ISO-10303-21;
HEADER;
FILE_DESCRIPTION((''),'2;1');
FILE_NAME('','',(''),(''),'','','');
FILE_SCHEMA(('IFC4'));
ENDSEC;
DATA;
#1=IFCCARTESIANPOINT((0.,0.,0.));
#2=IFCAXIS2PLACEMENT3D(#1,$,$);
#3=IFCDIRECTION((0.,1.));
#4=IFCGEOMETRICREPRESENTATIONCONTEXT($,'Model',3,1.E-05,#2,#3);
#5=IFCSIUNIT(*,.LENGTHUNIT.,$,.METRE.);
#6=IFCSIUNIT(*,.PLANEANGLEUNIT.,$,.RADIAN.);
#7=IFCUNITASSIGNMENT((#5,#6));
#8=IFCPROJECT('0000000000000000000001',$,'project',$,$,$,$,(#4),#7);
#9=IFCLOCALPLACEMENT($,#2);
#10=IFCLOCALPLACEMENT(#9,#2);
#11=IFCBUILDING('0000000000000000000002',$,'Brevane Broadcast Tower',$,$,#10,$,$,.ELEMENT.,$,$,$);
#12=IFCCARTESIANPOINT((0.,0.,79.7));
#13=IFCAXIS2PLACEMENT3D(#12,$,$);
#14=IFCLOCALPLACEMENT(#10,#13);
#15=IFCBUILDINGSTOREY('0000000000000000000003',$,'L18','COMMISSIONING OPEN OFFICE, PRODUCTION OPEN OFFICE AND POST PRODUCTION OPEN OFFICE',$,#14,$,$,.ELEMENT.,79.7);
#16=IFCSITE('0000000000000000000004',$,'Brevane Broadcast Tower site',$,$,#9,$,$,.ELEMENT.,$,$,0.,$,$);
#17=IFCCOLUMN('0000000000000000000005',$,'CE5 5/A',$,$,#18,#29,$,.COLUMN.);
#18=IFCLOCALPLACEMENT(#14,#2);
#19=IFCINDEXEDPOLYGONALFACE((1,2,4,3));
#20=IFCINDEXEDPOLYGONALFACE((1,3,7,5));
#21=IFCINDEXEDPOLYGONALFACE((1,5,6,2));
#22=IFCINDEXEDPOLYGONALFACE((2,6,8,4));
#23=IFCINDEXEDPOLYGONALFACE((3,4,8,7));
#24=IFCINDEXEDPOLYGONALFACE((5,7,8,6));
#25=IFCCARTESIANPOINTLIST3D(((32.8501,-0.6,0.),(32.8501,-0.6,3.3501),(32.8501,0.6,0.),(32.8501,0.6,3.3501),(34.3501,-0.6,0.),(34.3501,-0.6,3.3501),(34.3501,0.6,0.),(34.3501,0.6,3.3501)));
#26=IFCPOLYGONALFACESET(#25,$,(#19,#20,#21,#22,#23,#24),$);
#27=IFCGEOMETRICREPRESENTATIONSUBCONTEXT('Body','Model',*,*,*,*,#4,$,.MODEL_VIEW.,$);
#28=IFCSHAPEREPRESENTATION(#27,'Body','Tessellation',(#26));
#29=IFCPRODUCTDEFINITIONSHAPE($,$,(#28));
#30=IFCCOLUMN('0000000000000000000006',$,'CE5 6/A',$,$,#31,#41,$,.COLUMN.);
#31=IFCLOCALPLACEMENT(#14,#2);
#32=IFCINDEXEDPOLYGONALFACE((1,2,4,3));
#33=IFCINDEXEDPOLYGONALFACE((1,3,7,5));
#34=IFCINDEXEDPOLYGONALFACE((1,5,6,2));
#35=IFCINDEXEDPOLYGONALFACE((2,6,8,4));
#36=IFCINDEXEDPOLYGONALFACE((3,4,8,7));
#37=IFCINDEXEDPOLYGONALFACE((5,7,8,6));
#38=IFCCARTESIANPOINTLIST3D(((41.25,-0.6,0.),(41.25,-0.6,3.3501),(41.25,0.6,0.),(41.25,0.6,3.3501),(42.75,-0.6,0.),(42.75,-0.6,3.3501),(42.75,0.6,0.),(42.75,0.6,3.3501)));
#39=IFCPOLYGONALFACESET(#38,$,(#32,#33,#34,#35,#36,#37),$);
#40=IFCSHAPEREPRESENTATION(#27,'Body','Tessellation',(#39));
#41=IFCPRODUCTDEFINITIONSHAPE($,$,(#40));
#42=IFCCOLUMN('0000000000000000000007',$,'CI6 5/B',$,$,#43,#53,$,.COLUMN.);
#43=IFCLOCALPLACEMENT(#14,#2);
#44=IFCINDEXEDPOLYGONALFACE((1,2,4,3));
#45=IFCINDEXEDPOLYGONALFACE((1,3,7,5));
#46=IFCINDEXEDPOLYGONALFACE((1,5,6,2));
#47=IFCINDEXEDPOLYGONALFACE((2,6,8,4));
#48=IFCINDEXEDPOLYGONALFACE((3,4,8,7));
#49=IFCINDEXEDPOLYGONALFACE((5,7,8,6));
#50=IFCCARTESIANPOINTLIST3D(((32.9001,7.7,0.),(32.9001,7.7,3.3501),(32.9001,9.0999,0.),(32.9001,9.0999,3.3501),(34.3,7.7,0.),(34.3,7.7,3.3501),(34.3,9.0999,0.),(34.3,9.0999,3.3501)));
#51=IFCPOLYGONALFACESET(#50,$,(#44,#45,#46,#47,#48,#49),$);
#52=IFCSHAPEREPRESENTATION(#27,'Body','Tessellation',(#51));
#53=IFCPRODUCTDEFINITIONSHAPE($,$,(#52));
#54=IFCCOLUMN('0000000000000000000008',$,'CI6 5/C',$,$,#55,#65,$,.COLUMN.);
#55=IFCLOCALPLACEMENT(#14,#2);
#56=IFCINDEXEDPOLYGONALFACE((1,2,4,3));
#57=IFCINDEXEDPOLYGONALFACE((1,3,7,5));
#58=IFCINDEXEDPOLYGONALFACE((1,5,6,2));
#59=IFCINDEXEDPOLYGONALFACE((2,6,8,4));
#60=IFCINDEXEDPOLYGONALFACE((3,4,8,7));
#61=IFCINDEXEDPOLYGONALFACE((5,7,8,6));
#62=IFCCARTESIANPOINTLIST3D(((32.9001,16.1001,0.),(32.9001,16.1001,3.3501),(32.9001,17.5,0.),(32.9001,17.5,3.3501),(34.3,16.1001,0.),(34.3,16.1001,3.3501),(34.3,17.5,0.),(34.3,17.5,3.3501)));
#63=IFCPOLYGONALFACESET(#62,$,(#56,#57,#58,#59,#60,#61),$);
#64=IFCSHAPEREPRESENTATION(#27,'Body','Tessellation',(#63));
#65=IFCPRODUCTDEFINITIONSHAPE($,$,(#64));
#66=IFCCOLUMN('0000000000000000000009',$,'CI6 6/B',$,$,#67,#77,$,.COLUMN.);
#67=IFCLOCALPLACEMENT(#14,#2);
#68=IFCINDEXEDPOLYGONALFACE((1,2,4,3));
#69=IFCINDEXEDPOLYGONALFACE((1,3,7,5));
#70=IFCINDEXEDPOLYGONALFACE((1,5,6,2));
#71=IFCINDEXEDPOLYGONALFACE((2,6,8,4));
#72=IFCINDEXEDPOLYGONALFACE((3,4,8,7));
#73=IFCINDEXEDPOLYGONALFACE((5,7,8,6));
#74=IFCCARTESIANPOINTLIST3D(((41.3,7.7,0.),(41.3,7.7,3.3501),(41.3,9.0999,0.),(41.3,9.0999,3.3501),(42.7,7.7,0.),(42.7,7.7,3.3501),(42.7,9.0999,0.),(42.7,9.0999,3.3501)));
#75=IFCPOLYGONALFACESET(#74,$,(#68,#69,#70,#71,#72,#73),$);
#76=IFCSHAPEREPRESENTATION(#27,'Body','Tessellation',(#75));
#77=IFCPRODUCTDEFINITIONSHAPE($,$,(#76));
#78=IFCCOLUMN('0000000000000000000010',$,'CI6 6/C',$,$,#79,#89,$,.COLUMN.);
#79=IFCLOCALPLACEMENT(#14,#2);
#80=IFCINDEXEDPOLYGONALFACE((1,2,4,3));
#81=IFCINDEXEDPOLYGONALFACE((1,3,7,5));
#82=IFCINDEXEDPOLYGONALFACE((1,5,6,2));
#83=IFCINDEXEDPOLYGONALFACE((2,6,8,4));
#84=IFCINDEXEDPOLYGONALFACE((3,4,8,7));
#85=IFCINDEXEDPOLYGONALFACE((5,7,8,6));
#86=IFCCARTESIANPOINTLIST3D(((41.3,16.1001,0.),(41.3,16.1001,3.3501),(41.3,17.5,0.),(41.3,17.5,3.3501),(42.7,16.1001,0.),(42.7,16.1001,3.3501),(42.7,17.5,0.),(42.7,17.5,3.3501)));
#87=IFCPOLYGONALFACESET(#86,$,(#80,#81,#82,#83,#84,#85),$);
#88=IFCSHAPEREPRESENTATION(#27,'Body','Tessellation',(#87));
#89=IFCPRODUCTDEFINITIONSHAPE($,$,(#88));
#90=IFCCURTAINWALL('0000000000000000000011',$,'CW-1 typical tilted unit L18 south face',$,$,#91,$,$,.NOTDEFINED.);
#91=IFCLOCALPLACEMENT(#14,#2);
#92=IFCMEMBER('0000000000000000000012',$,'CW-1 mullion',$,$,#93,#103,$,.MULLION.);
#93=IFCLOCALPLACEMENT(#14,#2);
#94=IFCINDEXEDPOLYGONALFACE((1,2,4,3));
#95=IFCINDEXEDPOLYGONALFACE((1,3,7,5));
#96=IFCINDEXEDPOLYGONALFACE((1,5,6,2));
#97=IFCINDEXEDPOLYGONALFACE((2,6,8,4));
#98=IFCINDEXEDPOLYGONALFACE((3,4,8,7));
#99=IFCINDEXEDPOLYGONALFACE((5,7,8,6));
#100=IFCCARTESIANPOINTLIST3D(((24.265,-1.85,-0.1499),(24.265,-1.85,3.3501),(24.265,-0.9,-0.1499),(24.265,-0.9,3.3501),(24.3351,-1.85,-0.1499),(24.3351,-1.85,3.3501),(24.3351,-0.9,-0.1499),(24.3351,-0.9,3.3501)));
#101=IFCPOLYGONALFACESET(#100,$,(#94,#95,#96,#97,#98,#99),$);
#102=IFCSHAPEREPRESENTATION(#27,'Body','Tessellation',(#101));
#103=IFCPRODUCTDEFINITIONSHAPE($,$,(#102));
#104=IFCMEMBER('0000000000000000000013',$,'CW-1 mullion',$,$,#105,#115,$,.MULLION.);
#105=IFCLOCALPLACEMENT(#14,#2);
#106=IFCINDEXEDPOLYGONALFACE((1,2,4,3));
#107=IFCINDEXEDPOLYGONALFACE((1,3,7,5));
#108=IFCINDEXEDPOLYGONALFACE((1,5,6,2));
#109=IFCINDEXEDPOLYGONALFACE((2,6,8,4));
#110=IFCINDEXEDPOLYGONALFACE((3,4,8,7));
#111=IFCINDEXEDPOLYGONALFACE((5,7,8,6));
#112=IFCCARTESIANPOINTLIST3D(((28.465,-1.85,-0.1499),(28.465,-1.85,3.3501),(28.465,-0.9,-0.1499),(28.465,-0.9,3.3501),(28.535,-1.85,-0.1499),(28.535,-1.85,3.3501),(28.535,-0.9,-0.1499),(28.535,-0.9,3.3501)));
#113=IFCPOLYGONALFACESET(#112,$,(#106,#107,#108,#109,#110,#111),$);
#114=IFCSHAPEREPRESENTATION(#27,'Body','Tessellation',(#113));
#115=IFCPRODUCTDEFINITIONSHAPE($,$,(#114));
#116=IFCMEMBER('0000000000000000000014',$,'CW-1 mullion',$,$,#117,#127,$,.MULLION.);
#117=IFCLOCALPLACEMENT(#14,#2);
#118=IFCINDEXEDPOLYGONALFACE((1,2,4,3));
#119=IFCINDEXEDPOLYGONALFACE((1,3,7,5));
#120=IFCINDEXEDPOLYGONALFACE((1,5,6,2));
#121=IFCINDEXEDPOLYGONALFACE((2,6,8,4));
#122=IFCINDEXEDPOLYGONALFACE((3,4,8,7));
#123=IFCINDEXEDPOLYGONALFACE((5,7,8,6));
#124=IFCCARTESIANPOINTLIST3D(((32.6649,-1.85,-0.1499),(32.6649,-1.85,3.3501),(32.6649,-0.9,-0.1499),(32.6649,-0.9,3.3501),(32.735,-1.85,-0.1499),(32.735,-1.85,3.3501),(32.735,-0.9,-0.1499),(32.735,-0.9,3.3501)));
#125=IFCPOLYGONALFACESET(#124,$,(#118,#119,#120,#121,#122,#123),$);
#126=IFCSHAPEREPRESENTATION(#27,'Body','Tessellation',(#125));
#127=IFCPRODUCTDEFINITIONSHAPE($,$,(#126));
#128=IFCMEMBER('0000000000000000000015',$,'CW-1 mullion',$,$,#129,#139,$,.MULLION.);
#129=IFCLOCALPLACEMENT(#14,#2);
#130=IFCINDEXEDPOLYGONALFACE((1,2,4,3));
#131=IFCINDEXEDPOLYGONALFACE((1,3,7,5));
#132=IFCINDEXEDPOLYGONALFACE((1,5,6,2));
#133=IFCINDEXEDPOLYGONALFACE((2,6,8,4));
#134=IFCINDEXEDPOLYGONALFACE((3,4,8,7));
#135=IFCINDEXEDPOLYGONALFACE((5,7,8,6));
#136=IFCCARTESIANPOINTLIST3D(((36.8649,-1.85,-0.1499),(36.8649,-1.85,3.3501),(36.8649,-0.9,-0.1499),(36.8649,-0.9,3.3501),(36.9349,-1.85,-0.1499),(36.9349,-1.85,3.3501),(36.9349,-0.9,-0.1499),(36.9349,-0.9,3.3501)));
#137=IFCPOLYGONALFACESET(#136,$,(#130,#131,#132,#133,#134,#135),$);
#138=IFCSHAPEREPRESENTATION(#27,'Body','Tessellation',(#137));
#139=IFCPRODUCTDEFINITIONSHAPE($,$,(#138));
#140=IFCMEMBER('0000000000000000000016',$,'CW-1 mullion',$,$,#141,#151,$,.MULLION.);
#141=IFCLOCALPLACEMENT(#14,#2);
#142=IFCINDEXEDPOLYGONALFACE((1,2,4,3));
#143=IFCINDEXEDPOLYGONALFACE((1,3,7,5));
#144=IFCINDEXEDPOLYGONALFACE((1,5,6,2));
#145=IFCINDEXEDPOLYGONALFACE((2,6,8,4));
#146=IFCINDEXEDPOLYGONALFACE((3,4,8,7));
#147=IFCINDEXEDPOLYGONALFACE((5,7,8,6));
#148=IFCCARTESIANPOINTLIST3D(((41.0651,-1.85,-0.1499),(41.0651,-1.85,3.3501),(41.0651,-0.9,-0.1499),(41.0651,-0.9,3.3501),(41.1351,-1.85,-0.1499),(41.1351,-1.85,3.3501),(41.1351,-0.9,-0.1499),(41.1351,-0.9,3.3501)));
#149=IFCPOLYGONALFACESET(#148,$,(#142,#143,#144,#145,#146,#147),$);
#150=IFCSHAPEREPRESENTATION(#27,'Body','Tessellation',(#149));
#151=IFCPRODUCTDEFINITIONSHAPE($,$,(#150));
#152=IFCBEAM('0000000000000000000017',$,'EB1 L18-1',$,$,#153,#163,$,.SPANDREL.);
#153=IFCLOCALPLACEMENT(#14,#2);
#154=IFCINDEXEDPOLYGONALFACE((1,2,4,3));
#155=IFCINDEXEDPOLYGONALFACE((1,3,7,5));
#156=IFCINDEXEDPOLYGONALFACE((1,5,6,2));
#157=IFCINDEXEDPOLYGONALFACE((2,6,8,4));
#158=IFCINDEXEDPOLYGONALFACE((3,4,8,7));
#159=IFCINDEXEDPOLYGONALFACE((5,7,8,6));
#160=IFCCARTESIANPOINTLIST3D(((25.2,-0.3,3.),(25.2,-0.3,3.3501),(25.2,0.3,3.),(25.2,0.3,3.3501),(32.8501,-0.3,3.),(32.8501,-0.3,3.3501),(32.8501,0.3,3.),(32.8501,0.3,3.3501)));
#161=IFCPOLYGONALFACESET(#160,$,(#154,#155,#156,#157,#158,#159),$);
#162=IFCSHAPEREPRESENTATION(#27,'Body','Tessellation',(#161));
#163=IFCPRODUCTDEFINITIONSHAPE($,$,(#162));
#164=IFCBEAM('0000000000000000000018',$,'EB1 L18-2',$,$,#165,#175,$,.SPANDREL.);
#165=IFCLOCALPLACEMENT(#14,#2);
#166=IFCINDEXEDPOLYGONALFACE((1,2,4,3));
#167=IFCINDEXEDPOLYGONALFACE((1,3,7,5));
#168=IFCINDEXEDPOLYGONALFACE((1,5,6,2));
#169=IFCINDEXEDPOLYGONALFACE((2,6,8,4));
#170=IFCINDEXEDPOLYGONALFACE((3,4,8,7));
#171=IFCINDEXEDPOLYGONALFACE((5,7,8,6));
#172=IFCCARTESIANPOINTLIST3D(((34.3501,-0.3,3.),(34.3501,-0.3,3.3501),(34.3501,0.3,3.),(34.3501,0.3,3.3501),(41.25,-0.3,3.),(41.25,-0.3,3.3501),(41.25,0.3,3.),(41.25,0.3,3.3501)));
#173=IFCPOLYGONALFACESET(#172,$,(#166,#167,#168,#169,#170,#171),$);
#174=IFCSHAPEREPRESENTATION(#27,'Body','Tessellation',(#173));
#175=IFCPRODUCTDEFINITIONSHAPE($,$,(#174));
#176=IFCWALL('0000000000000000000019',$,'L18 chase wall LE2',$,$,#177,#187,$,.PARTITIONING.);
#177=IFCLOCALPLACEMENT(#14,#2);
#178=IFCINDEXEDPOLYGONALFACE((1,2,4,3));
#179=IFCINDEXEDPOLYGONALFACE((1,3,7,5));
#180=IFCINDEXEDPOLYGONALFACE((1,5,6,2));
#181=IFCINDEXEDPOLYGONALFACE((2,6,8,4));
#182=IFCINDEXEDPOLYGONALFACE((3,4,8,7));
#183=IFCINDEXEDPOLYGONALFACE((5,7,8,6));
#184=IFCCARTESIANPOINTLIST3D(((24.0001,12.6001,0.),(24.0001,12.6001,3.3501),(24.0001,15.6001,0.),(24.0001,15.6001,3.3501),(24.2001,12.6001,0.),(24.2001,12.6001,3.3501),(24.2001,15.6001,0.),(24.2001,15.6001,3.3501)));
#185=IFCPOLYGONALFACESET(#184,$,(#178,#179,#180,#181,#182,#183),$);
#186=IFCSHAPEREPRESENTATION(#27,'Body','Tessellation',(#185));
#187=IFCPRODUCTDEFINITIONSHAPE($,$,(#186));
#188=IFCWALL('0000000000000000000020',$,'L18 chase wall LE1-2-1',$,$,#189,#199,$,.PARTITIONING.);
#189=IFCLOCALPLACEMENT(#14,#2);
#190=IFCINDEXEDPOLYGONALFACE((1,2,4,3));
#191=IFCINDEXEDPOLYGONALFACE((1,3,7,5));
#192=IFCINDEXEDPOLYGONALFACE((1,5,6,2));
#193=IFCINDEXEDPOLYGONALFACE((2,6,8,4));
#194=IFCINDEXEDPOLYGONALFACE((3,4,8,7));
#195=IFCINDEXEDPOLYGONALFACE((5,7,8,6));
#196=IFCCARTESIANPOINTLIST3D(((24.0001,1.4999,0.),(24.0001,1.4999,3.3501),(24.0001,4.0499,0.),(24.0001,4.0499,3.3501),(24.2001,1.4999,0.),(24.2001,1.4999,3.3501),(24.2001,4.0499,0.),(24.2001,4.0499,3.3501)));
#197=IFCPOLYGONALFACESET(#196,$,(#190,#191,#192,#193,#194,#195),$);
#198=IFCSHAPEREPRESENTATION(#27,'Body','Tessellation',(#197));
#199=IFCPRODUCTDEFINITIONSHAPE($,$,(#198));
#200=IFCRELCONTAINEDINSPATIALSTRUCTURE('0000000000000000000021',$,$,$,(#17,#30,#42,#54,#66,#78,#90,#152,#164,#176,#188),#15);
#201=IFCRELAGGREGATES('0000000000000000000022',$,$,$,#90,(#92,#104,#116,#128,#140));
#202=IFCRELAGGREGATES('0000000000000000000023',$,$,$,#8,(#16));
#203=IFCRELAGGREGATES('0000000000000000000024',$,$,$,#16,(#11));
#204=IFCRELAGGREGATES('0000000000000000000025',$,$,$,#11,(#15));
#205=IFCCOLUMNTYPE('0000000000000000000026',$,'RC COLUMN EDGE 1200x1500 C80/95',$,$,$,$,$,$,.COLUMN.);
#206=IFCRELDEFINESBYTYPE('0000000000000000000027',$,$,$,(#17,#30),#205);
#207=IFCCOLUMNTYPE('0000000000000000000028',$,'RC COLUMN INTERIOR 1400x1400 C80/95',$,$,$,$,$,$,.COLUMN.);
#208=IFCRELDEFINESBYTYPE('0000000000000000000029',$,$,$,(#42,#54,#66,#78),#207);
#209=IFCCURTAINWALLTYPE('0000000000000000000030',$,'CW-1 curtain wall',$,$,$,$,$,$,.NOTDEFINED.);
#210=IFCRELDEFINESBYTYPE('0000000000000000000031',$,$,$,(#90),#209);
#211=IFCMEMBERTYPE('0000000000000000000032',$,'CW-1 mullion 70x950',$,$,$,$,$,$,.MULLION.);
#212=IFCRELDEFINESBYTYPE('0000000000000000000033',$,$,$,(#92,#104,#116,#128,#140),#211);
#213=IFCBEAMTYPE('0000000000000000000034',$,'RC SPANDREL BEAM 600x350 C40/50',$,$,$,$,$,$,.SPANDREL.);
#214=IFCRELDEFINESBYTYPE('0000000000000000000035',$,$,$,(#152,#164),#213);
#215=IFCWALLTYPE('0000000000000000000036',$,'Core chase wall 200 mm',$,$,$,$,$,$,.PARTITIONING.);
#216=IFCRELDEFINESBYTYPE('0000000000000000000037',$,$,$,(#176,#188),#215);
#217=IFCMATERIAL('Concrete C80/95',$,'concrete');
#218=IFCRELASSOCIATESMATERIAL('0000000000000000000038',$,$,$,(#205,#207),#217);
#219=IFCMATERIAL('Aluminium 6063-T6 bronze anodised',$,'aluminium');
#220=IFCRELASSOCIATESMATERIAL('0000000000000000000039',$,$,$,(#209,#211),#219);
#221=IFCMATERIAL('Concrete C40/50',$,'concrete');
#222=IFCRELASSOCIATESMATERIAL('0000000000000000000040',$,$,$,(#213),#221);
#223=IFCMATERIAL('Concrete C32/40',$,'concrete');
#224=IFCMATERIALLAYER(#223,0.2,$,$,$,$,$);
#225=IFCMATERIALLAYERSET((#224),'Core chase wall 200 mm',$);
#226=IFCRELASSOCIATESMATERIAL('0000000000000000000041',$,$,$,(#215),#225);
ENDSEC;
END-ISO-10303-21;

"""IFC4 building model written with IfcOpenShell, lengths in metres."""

from ifc_helpers import new_model, si_unit, direction, frame, frame_2d, origin, origin_2d, place, context, subcontext, project, spatial, rectangle, extrude, material, layer, layer_set, material_profile, profile_set, type_object, element, aggregate, save


model = new_model("IFC4")

# Units and contexts
model_context = context("Model", 3, precision=1e-05, world=origin(), true_north=direction((0.0, 1.0)))
body_context = subcontext(model_context, "Body", "Model", "MODEL_VIEW")
ifc_project = project(units=[si_unit("LENGTHUNIT", "METRE"), si_unit("PLANEANGLEUNIT", "RADIAN")], contexts=[model_context])

# Site, building, storey
site_placement = place(None, origin())
site = spatial("IfcSite", under=ifc_project, at=site_placement, Name="Brevane Broadcast Tower site", CompositionType="ELEMENT", RefElevation=0.0)
building_placement = place(site_placement, origin())
building = spatial("IfcBuilding", under=site, at=building_placement, Name="Brevane Broadcast Tower", CompositionType="ELEMENT")
storey_placement = place(building_placement, frame((0.0, 0.0, 79.7)))
storey = spatial("IfcBuildingStorey", under=building, at=storey_placement, Name="L18", Description="COMMISSIONING OPEN OFFICE, PRODUCTION OPEN OFFICE AND POST PRODUCTION OPEN OFFICE", CompositionType="ELEMENT", Elevation=79.7)

# Columns
ifc_material_1 = material(Name="Concrete C80/95", Category="concrete")
ifc_material_profile_1 = material_profile(ifc_material_1, rectangle(XDim=1.2, YDim=1.5, at=origin_2d()), Name="RC 1200x1500")
ifc_profile_set_1 = profile_set([ifc_material_profile_1], Name="Concrete C80/95")
column_type_1 = type_object("IfcColumnType", Name="RC COLUMN EDGE 1200x1500 C80/95", PredefinedType="COLUMN", material=ifc_profile_set_1)
for number, where, z_axis, x_axis, name in (
    (1, (33.6001, 0.0, 0.0), (0.0, 0.0, 1.0), (0.0, 1.0, 0.0), "CE5 5/A"),
    (2, (42.0, 0.0, 0.0), (0.0, 0.0, 1.0), (0.0, 1.0, 0.0), "CE5 6/A"),
):
    element("IfcColumn", number, at=place(storey_placement, frame(where, z_axis=z_axis, x_axis=x_axis)), inside=storey, type_object=column_type_1, Name=name, PredefinedType="COLUMN", context=body_context, shape_type="SweptSolid", body=[
        extrude(rectangle(XDim=1.2, YDim=1.5, at=origin_2d()), origin(), (0.0, 0.0, 1.0), 3.3501),
    ])
ifc_material_profile_2 = material_profile(ifc_material_1, rectangle(XDim=1.3999, YDim=1.3999, at=origin_2d()), Name="RC 1400x1400")
ifc_profile_set_2 = profile_set([ifc_material_profile_2], Name="Concrete C80/95")
column_type_2 = type_object("IfcColumnType", Name="RC COLUMN INTERIOR 1400x1400 C80/95", PredefinedType="COLUMN", material=ifc_profile_set_2)
for number, where, z_axis, x_axis, name in (
    (3, (33.6001, 8.3999, 0.0), (0.0, 0.0, 1.0), (1.0, 0.0, 0.0), "CI6 5/B"),
    (4, (33.6001, 16.8, 0.0), (0.0, 0.0, 1.0), (1.0, 0.0, 0.0), "CI6 5/C"),
    (5, (42.0, 8.3999, 0.0), (0.0, 0.0, 1.0), (1.0, 0.0, 0.0), "CI6 6/B"),
    (6, (42.0, 16.8, 0.0), (0.0, 0.0, 1.0), (1.0, 0.0, 0.0), "CI6 6/C"),
):
    element("IfcColumn", number, at=place(storey_placement, frame(where, z_axis=z_axis, x_axis=x_axis)), inside=storey, type_object=column_type_2, Name=name, PredefinedType="COLUMN", context=body_context, shape_type="SweptSolid", body=[
        extrude(rectangle(XDim=1.3999, YDim=1.3999, at=origin_2d()), origin(), (0.0, 0.0, 1.0), 3.3501),
    ])

# Curtain wall, members
ifc_material_2 = material(Name="Aluminium 6063-T6 bronze anodised", Category="aluminium")
curtain_wall_type = type_object("IfcCurtainWallType", Name="CW-1 curtain wall", PredefinedType="NOTDEFINED", material=ifc_material_2)
curtain_wall_placement = place(storey_placement, origin())
curtain_wall = element("IfcCurtainWall", 7, at=curtain_wall_placement, inside=storey, type_object=curtain_wall_type, Name="CW-1 typical tilted unit L18 south face", PredefinedType="NOTDEFINED")
ifc_material_profile_3 = material_profile(ifc_material_2, rectangle(XDim=0.95, YDim=0.0701, at=origin_2d()), Name="RECT 70x950")
ifc_profile_set_3 = profile_set([ifc_material_profile_3], Name="Aluminium 6063-T6 bronze anodised")
member_type = type_object("IfcMemberType", Name="CW-1 mullion 70x950", PredefinedType="MULLION", material=ifc_profile_set_3)
member_1_placement = place(storey_placement, frame((24.3, -1.375, -0.1499), z_axis=(0.0, 0.0, 1.0), x_axis=(0.0, 1.0, 0.0)))
member_1 = element("IfcMember", 8, at=member_1_placement, type_object=member_type, Name="CW-1 mullion", PredefinedType="MULLION", context=body_context, shape_type="SweptSolid", body=[
    extrude(rectangle(XDim=0.95, YDim=0.0701, at=origin_2d()), origin(), (0.0, 0.0, 1.0), 3.5),
])
member_2_placement = place(storey_placement, frame((28.5, -1.375, -0.1499), z_axis=(0.0, 0.0, 1.0), x_axis=(0.0, 1.0, 0.0)))
member_2 = element("IfcMember", 9, at=member_2_placement, type_object=member_type, Name="CW-1 mullion", PredefinedType="MULLION", context=body_context, shape_type="SweptSolid", body=[
    extrude(rectangle(XDim=0.95, YDim=0.0701, at=origin_2d()), origin(), (0.0, 0.0, 1.0), 3.5),
])
member_3_placement = place(storey_placement, frame((32.7, -1.375, -0.1499), z_axis=(0.0, 0.0, 1.0), x_axis=(0.0, 1.0, 0.0)))
member_3 = element("IfcMember", 10, at=member_3_placement, type_object=member_type, Name="CW-1 mullion", PredefinedType="MULLION", context=body_context, shape_type="SweptSolid", body=[
    extrude(rectangle(XDim=0.95, YDim=0.0701, at=origin_2d()), origin(), (0.0, 0.0, 1.0), 3.5),
])
member_4_placement = place(storey_placement, frame((36.8999, -1.375, -0.1499), z_axis=(0.0, 0.0, 1.0), x_axis=(0.0, 1.0, 0.0)))
member_4 = element("IfcMember", 11, at=member_4_placement, type_object=member_type, Name="CW-1 mullion", PredefinedType="MULLION", context=body_context, shape_type="SweptSolid", body=[
    extrude(rectangle(XDim=0.95, YDim=0.0701, at=origin_2d()), origin(), (0.0, 0.0, 1.0), 3.5),
])
member_5_placement = place(storey_placement, frame((41.1001, -1.375, -0.1499), z_axis=(0.0, 0.0, 1.0), x_axis=(0.0, 1.0, 0.0)))
member_5 = element("IfcMember", 12, at=member_5_placement, type_object=member_type, Name="CW-1 mullion", PredefinedType="MULLION", context=body_context, shape_type="SweptSolid", body=[
    extrude(rectangle(XDim=0.95, YDim=0.0701, at=origin_2d()), origin(), (0.0, 0.0, 1.0), 3.5),
])
aggregate(curtain_wall, [member_1, member_2, member_3, member_4, member_5])

# Beams
ifc_material_3 = material(Name="Concrete C40/50", Category="concrete")
ifc_material_profile_4 = material_profile(ifc_material_3, rectangle(XDim=0.6001, YDim=0.3501, at=origin_2d()), Name="RC 600x350")
ifc_profile_set_4 = profile_set([ifc_material_profile_4], Name="Concrete C40/50")
beam_type = type_object("IfcBeamType", Name="RC SPANDREL BEAM 600x350 C40/50", PredefinedType="SPANDREL", material=ifc_profile_set_4)
beam_1_placement = place(storey_placement, frame((25.2, 0.0, 3.175), z_axis=(1.0, 0.0, 0.0), x_axis=(0.0, 1.0, 0.0)))
element("IfcBeam", 13, at=beam_1_placement, inside=storey, type_object=beam_type, Name="EB1 L18-1", PredefinedType="SPANDREL", context=body_context, shape_type="SweptSolid", body=[
    extrude(rectangle(XDim=0.6001, YDim=0.3501, at=origin_2d()), origin(), (0.0, 0.0, 1.0), 7.6501),
])
beam_2_placement = place(storey_placement, frame((34.3501, 0.0, 3.175), z_axis=(1.0, 0.0, 0.0), x_axis=(0.0, 1.0, 0.0)))
element("IfcBeam", 14, at=beam_2_placement, inside=storey, type_object=beam_type, Name="EB1 L18-2", PredefinedType="SPANDREL", context=body_context, shape_type="SweptSolid", body=[
    extrude(rectangle(XDim=0.6001, YDim=0.3501, at=origin_2d()), origin(), (0.0, 0.0, 1.0), 6.8999),
])

# Walls
ifc_material_4 = material(Name="Concrete C32/40", Category="concrete")
ifc_layer_1 = layer(ifc_material_4, 0.2)
ifc_layer_set_1 = layer_set([ifc_layer_1], Name="Core chase wall 200 mm")
wall_type_1 = type_object("IfcWallType", Name="Core chase wall 200 mm", PredefinedType="PARTITIONING", material=ifc_layer_set_1)
wall_1_placement = place(storey_placement, frame((24.1001, 12.6001, 0.0), z_axis=(0.0, 0.0, 1.0), x_axis=(0.0, 1.0, 0.0)))
element("IfcWall", 15, at=wall_1_placement, inside=storey, type_object=wall_type_1, Name="L18 chase wall LE2", PredefinedType="PARTITIONING", context=body_context, shape_type="SweptSolid", body=[
    extrude(rectangle(XDim=3.0, YDim=0.2, at=frame_2d((1.5, 0.0))), origin(), (0.0, 0.0, 1.0), 3.3501),
])
wall_2_placement = place(storey_placement, frame((24.1001, 1.5, 0.0), z_axis=(0.0, 0.0, 1.0), x_axis=(0.0, 1.0, 0.0)))
element("IfcWall", 16, at=wall_2_placement, inside=storey, type_object=wall_type_1, Name="L18 chase wall LE1-2-1", PredefinedType="PARTITIONING", context=body_context, shape_type="SweptSolid", body=[
    extrude(rectangle(XDim=2.55, YDim=0.2, at=frame_2d((1.2749, 0.0))), origin(), (0.0, 0.0, 1.0), 3.3501),
])

save(model, "model.ifc")
